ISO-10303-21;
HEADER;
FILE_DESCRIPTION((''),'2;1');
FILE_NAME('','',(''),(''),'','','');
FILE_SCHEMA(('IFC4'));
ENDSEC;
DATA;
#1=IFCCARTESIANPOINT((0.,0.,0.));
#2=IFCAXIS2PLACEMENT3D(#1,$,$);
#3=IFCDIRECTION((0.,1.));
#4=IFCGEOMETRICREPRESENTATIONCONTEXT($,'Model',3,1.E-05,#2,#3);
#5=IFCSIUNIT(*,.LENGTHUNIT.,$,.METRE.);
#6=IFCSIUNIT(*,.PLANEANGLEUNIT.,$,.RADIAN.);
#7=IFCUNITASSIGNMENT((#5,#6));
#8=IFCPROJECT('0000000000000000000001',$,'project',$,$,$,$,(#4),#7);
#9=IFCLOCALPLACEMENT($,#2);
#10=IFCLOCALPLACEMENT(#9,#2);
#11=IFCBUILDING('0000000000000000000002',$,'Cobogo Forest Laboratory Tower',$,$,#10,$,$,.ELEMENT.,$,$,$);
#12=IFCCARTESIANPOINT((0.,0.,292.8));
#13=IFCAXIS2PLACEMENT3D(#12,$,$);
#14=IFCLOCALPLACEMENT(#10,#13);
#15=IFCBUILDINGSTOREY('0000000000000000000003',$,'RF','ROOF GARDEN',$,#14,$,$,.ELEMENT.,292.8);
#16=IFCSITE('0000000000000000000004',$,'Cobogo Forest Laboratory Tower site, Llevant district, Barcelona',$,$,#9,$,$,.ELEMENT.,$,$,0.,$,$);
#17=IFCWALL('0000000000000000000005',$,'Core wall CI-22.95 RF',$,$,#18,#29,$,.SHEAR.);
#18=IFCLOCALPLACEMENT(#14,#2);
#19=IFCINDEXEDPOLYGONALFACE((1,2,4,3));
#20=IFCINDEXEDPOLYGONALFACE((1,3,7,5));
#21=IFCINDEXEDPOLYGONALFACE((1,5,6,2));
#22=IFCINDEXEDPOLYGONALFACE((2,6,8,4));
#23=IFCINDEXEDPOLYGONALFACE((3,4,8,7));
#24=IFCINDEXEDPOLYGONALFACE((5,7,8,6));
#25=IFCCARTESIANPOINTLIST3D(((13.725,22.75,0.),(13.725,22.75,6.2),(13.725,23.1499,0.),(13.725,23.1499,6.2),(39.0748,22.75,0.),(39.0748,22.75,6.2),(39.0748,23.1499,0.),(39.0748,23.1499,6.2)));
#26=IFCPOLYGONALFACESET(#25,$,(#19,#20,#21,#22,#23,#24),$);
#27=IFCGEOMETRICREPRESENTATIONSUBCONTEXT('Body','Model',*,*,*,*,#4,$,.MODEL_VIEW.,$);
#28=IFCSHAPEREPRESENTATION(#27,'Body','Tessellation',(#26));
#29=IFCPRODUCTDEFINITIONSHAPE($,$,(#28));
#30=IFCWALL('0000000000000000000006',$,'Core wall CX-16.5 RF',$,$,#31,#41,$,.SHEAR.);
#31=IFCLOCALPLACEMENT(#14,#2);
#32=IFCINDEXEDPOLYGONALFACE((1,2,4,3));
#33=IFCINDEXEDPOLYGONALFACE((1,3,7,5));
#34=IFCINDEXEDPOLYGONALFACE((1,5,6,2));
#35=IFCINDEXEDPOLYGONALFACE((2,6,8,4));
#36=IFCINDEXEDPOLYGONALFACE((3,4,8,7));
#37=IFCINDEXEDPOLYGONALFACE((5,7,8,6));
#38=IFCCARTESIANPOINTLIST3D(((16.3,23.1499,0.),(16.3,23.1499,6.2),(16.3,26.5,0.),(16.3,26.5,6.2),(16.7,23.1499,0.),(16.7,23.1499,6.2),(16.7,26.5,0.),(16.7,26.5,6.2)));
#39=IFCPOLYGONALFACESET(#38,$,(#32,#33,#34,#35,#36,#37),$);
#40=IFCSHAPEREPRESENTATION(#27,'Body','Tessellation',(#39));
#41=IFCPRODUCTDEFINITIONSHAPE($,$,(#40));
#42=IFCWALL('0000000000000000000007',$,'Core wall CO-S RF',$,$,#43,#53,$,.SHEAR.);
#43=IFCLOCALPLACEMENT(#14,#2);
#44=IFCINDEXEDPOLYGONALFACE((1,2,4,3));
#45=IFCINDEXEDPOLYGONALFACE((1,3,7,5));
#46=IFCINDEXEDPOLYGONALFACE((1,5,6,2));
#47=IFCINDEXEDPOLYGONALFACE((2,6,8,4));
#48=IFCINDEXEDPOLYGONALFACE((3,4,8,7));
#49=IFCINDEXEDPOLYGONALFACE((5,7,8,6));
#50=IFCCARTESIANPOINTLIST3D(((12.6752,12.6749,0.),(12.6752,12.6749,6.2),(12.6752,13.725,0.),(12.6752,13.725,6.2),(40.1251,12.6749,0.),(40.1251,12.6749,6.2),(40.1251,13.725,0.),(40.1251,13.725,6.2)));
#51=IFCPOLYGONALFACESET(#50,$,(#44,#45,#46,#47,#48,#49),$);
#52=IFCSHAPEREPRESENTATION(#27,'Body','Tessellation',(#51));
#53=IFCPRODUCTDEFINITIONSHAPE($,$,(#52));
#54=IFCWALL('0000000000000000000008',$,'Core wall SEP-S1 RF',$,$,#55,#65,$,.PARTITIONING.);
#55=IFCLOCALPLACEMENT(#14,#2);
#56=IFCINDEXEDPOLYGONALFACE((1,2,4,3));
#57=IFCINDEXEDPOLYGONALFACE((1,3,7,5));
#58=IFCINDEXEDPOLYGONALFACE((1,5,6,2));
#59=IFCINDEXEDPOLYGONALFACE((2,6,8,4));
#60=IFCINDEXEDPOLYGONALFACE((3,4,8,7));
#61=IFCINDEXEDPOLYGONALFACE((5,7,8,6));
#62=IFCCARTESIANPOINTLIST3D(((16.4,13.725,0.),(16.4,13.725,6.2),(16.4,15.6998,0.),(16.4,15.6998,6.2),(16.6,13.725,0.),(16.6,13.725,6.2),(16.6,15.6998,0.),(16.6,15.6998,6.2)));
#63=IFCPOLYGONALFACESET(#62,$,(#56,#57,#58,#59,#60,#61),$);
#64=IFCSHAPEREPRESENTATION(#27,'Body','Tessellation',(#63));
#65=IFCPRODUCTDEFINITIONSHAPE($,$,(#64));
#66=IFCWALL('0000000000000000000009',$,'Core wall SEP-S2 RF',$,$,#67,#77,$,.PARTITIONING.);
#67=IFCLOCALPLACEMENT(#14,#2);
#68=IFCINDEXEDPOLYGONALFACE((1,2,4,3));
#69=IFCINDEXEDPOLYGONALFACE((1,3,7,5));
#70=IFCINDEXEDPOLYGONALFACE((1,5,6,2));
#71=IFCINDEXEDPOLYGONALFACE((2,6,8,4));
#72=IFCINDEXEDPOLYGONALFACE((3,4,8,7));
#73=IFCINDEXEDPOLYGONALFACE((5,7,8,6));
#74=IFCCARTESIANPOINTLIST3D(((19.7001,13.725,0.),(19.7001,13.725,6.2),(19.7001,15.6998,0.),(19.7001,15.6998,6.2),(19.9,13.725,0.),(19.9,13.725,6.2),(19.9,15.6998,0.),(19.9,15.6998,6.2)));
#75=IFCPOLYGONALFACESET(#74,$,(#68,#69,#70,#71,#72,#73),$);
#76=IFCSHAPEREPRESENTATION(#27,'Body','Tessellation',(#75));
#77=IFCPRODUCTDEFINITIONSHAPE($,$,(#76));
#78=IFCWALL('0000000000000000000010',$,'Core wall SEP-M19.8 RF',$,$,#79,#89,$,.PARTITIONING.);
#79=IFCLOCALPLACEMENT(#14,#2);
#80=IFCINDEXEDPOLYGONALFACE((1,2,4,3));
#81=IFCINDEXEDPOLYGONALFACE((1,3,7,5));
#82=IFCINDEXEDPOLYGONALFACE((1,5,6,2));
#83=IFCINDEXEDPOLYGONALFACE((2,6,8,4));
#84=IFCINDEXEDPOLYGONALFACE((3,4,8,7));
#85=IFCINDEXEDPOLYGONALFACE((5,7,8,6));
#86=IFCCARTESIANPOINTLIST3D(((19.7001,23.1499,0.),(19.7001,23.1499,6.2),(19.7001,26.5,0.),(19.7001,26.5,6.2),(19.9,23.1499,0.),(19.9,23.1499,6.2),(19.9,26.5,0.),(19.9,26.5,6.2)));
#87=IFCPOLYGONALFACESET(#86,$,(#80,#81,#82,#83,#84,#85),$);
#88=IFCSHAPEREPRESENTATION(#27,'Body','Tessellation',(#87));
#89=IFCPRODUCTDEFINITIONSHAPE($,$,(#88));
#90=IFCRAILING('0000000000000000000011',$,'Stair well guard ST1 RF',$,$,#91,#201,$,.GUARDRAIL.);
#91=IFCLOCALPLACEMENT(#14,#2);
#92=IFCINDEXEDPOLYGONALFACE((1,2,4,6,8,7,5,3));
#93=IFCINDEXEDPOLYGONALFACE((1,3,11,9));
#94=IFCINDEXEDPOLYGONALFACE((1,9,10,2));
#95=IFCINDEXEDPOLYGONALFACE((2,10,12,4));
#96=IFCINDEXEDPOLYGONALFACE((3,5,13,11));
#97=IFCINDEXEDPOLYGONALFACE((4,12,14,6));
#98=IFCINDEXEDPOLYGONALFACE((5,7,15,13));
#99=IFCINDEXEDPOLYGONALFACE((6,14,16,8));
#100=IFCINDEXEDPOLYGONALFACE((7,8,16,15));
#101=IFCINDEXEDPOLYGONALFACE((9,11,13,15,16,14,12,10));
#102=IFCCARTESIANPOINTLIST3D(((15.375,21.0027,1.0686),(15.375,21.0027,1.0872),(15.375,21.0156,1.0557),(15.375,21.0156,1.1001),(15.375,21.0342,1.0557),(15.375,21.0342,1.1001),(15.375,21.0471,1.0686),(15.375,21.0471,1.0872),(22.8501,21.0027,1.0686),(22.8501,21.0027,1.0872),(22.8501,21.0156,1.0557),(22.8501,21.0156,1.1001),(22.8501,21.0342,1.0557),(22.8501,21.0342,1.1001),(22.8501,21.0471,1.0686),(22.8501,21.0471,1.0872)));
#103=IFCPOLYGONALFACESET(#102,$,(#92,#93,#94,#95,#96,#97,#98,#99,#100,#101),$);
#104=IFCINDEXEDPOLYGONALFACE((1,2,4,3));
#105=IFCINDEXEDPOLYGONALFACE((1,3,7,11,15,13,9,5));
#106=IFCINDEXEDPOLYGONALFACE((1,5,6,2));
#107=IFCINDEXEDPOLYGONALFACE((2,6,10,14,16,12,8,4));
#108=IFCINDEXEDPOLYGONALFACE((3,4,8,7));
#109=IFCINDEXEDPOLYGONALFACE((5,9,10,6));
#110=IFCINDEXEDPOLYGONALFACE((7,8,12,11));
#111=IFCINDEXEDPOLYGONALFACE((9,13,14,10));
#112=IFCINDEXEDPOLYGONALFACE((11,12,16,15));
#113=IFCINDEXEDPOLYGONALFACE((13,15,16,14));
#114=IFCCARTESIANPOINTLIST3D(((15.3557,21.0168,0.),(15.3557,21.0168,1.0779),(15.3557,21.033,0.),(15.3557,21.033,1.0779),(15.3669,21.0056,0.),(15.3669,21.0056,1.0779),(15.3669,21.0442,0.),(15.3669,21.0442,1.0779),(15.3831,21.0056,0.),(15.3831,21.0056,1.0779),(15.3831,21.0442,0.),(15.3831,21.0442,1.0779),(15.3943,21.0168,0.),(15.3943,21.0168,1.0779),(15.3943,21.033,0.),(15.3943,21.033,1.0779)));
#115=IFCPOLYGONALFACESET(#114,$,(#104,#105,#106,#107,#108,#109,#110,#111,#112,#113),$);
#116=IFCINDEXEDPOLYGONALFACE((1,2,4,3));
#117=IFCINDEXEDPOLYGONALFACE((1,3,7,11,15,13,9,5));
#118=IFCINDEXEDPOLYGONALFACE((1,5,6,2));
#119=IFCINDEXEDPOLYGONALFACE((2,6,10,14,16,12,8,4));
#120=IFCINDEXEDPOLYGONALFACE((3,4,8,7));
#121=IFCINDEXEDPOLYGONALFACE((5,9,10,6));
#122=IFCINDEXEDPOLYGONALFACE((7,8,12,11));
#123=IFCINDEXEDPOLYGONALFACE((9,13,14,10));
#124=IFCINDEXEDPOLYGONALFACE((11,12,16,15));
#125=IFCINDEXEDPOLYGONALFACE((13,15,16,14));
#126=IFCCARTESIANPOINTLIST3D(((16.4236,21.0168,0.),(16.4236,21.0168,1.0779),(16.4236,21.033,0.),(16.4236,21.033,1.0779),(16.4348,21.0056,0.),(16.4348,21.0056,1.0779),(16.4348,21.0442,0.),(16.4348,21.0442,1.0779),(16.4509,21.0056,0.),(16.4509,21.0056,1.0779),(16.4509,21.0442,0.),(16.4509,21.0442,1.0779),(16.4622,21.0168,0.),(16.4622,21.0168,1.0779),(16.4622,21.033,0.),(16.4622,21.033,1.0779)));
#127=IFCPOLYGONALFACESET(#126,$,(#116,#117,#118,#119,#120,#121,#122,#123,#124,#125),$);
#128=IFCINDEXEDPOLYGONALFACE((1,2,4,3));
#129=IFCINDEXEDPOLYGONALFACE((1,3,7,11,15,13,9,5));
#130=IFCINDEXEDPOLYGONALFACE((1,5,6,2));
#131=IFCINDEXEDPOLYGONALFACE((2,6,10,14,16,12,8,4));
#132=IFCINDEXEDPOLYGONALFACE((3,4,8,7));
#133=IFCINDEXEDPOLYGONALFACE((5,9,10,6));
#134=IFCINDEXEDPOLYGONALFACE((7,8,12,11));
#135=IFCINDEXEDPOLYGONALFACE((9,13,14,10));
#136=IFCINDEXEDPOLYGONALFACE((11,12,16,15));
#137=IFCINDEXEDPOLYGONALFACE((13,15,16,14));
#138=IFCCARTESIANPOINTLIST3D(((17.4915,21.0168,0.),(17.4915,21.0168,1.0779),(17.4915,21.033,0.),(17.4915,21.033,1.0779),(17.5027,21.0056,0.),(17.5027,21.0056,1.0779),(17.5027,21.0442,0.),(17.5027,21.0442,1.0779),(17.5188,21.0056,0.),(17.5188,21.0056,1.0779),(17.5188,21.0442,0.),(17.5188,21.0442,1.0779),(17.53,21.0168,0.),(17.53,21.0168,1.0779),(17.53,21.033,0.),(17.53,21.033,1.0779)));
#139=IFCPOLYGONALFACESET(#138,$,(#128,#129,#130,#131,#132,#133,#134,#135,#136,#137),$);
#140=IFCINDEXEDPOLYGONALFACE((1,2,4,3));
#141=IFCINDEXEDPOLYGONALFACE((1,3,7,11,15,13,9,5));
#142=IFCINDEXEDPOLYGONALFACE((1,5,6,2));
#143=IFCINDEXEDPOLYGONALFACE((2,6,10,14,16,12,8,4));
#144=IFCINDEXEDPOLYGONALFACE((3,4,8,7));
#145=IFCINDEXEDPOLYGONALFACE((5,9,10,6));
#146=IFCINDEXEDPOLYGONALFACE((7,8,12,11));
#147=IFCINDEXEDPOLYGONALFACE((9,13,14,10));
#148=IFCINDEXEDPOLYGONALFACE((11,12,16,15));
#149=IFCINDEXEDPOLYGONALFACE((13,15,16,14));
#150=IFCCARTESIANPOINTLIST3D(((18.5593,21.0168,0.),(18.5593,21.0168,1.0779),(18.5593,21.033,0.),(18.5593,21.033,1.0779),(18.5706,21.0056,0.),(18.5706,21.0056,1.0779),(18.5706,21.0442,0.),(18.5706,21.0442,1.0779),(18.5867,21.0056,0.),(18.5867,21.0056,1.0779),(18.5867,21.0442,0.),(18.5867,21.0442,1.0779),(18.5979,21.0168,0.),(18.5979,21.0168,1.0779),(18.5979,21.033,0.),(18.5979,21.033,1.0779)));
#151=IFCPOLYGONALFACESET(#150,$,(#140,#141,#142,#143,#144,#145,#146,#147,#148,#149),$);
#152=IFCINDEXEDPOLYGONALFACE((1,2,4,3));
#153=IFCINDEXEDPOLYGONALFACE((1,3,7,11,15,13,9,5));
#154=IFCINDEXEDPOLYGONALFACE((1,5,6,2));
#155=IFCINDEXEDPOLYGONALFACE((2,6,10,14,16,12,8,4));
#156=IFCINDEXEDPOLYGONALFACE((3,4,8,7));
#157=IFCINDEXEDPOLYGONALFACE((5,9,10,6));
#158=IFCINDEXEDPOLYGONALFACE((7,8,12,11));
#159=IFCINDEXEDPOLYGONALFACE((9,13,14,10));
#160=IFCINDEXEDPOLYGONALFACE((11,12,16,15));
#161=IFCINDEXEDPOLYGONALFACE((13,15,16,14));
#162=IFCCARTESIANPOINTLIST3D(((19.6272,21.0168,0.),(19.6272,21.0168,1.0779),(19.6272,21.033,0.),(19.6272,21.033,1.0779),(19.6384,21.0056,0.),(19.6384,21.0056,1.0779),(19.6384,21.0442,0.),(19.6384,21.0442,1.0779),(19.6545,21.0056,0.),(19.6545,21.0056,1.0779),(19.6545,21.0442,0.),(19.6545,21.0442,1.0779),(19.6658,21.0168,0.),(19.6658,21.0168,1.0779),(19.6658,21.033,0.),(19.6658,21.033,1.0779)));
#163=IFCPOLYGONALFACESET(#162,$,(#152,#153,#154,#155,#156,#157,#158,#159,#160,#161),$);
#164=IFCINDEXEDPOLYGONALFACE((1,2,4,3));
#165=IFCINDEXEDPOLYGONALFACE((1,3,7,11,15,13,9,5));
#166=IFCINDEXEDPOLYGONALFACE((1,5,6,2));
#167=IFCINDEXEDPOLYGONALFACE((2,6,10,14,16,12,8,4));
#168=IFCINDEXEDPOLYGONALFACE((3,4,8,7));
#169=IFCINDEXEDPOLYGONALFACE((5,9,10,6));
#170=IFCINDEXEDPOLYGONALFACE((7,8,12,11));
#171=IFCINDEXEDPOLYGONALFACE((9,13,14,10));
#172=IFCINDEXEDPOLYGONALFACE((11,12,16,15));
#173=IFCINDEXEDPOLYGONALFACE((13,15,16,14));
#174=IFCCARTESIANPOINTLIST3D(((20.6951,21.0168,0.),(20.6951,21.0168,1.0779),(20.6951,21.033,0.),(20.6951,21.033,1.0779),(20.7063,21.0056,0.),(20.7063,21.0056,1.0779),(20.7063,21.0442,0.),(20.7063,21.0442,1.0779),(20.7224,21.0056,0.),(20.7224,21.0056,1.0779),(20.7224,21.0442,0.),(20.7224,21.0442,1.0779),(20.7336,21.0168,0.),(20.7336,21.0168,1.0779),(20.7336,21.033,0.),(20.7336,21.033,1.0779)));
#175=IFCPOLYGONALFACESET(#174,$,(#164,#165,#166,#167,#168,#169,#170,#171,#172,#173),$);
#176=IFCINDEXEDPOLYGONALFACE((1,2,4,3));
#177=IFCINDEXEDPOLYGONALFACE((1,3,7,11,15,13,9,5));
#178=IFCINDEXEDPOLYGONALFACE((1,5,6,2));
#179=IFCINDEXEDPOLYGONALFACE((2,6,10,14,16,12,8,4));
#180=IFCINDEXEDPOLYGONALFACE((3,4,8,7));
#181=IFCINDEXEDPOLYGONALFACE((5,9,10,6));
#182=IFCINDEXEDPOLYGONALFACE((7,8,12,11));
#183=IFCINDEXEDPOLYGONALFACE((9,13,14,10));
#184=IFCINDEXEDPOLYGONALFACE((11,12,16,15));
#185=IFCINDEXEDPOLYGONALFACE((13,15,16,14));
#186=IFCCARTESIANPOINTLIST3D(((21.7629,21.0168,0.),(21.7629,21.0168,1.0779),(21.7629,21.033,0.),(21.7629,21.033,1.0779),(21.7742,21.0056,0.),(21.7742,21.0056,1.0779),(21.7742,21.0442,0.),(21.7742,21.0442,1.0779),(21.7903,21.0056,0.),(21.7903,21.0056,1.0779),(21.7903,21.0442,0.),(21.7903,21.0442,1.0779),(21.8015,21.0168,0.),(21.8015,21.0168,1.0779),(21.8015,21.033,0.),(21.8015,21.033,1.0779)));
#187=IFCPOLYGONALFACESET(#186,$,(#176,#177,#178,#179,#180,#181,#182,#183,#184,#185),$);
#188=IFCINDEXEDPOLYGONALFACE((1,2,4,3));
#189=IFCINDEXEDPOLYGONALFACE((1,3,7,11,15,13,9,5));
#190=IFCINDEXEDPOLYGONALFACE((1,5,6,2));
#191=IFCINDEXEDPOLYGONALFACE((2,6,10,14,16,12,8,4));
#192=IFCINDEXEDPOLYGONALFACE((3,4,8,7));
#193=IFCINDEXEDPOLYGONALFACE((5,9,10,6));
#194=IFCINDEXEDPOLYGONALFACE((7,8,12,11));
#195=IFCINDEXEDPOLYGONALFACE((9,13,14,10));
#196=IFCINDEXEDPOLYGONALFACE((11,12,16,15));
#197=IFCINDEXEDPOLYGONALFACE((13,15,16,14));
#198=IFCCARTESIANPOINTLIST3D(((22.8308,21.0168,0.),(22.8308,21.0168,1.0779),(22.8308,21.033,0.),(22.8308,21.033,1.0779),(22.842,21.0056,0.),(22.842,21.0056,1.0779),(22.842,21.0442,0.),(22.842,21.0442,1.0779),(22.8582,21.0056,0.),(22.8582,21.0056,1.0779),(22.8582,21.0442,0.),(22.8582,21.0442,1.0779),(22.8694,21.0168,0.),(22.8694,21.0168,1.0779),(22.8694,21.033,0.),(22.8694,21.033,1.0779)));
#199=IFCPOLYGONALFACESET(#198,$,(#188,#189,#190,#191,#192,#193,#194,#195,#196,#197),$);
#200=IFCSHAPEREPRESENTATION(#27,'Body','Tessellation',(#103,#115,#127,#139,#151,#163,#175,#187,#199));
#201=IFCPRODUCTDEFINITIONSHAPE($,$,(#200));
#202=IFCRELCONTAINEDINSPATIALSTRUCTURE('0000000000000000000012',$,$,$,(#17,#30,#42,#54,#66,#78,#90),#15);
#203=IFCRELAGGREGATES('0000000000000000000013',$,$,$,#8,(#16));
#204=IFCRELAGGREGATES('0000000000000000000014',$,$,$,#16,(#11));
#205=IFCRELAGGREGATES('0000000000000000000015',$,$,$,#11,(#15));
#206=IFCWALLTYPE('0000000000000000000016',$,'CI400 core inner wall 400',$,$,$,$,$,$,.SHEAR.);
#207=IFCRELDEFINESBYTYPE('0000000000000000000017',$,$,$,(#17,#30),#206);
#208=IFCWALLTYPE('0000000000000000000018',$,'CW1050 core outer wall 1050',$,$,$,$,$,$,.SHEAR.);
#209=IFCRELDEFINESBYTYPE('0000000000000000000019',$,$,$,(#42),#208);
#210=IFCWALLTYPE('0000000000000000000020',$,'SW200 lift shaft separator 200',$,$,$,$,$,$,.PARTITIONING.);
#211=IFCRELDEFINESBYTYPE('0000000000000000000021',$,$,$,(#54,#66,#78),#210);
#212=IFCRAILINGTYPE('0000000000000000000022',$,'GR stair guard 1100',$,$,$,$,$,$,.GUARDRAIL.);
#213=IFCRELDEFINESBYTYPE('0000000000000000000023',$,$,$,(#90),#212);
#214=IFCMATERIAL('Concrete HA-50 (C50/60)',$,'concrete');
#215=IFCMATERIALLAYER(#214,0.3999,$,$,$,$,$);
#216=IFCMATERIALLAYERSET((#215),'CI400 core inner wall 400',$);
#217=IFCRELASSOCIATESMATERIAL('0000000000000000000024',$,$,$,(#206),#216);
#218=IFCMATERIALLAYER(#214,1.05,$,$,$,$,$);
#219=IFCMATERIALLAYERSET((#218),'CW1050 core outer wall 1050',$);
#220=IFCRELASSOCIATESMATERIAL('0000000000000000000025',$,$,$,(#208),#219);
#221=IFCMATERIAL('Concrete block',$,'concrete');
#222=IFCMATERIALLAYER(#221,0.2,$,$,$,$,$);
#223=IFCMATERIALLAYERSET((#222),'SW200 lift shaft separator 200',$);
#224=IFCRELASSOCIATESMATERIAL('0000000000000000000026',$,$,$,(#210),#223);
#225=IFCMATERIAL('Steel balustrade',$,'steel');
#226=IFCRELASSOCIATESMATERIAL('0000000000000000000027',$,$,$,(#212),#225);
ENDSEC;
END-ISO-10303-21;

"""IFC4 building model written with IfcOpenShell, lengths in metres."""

from ifc_helpers import new_model, si_unit, direction, frame, frame_2d, origin, place, context, subcontext, project, spatial, polyline, rectangle, outline, extrude, material, layer, layer_set, type_object, element, save


model = new_model("IFC4")

# Units and contexts
model_context = context("Model", 3, precision=1e-05, world=origin(), true_north=direction((0.0, 1.0)))
body_context = subcontext(model_context, "Body", "Model", "MODEL_VIEW")
ifc_project = project(units=[si_unit("LENGTHUNIT", "METRE"), si_unit("PLANEANGLEUNIT", "RADIAN")], contexts=[model_context])

# Site, building, storey
site_placement = place(None, origin())
site = spatial("IfcSite", under=ifc_project, at=site_placement, Name="Cobogo Forest Laboratory Tower site, Llevant district, Barcelona", CompositionType="ELEMENT", RefElevation=0.0)
building_placement = place(site_placement, origin())
building = spatial("IfcBuilding", under=site, at=building_placement, Name="Cobogo Forest Laboratory Tower", CompositionType="ELEMENT")
storey_placement = place(building_placement, frame((0.0, 0.0, 292.8)))
storey = spatial("IfcBuildingStorey", under=building, at=storey_placement, Name="RF", Description="ROOF GARDEN", CompositionType="ELEMENT", Elevation=292.8)

# Shared definitions
ifc_material_1 = material(Name="Concrete HA-50 (C50/60)", Category="concrete")
ifc_layer_1 = layer(ifc_material_1, 0.3999)
ifc_layer_set_1 = layer_set([ifc_layer_1], Name="CI400 core inner wall 400")
wall_type_1 = type_object("IfcWallType", Name="CI400 core inner wall 400", PredefinedType="SHEAR", material=ifc_layer_set_1)

# Walls
wall_1_placement = place(storey_placement, frame((13.7251, 22.95, 0.0), z_axis=(0.0, 0.0, 1.0), x_axis=(1.0, 0.0, 0.0)))
element("IfcWall", 1, at=wall_1_placement, inside=storey, type_object=wall_type_1, Name="Core wall CI-22.95 RF", PredefinedType="SHEAR", context=body_context, shape_type="SweptSolid", body=[
    extrude(rectangle(XDim=25.3499, YDim=0.3999, at=frame_2d((12.6748, 0.0))), origin(), (0.0, 0.0, 1.0), 6.2),
])
wall_2_placement = place(storey_placement, frame((16.5, 23.1499, 0.0), z_axis=(0.0, 0.0, 1.0), x_axis=(0.0, 1.0, 0.0)))
element("IfcWall", 2, at=wall_2_placement, inside=storey, type_object=wall_type_1, Name="Core wall CX-16.5 RF", PredefinedType="SHEAR", context=body_context, shape_type="SweptSolid", body=[
    extrude(rectangle(XDim=3.3501, YDim=0.3999, at=frame_2d((1.675, 0.0))), origin(), (0.0, 0.0, 1.0), 6.2),
])
ifc_layer_2 = layer(ifc_material_1, 1.05)
ifc_layer_set_2 = layer_set([ifc_layer_2], Name="CW1050 core outer wall 1050")
wall_type_2 = type_object("IfcWallType", Name="CW1050 core outer wall 1050", PredefinedType="SHEAR", material=ifc_layer_set_2)
wall_3_placement = place(storey_placement, frame((12.675, 13.2, 0.0), z_axis=(0.0, 0.0, 1.0), x_axis=(1.0, 0.0, 0.0)))
element("IfcWall", 3, at=wall_3_placement, inside=storey, type_object=wall_type_2, Name="Core wall CO-S RF", PredefinedType="SHEAR", context=body_context, shape_type="SweptSolid", body=[
    extrude(rectangle(XDim=27.45, YDim=1.05, at=frame_2d((13.7251, 0.0))), origin(), (0.0, 0.0, 1.0), 6.2),
])
ifc_material_2 = material(Name="Concrete block", Category="concrete")
ifc_layer_3 = layer(ifc_material_2, 0.2)
ifc_layer_set_3 = layer_set([ifc_layer_3], Name="SW200 lift shaft separator 200")
wall_type_3 = type_object("IfcWallType", Name="SW200 lift shaft separator 200", PredefinedType="PARTITIONING", material=ifc_layer_set_3)
for number, where, z_axis, x_axis, name in (
    (4, (16.5, 13.7251, 0.0), (0.0, 0.0, 1.0), (0.0, 1.0, 0.0), "Core wall SEP-S1 RF"),
    (5, (19.8, 13.7251, 0.0), (0.0, 0.0, 1.0), (0.0, 1.0, 0.0), "Core wall SEP-S2 RF"),
):
    element("IfcWall", number, at=place(storey_placement, frame(where, z_axis=z_axis, x_axis=x_axis)), inside=storey, type_object=wall_type_3, Name=name, PredefinedType="PARTITIONING", context=body_context, shape_type="SweptSolid", body=[
        extrude(rectangle(XDim=1.9749, YDim=0.2, at=frame_2d((0.9873, 0.0))), origin(), (0.0, 0.0, 1.0), 6.2),
    ])
wall_4_placement = place(storey_placement, frame((19.8, 23.1499, 0.0), z_axis=(0.0, 0.0, 1.0), x_axis=(0.0, 1.0, 0.0)))
element("IfcWall", 6, at=wall_4_placement, inside=storey, type_object=wall_type_3, Name="Core wall SEP-M19.8 RF", PredefinedType="PARTITIONING", context=body_context, shape_type="SweptSolid", body=[
    extrude(rectangle(XDim=3.3501, YDim=0.2, at=frame_2d((1.675, 0.0))), origin(), (0.0, 0.0, 1.0), 6.2),
])

# Railing
ifc_material_3 = material(Name="Steel balustrade", Category="steel")
railing_type = type_object("IfcRailingType", Name="GR stair guard 1100", PredefinedType="GUARDRAIL", material=ifc_material_3)
railing_placement = place(storey_placement, frame((15.375, 21.0249, 0.0)))
element("IfcRailing", 7, at=railing_placement, inside=storey, type_object=railing_type, Name="Stair well guard ST1 RF", PredefinedType="GUARDRAIL", context=body_context, shape_type="SweptSolid", body=[
    extrude(outline(polyline([(0.0222, 0.0093), (0.0093, 0.0222), (-0.0093, 0.0222), (-0.0222, 0.0093), (-0.0222, -0.0093), (-0.0093, -0.0222), (0.0093, -0.0222), (0.0222, -0.0093), (0.0222, 0.0093)])), frame((0.0, 0.0, 1.0779), z_axis=(1.0, 0.0, 0.0), x_axis=(0.0, 1.0, 0.0)), (0.0, 0.0, 1.0), 7.4751),
    extrude(outline(polyline([(0.0193, 0.0081), (0.0081, 0.0193), (-0.0081, 0.0193), (-0.0193, 0.0081), (-0.0193, -0.0081), (-0.0081, -0.0193), (0.0081, -0.0193), (0.0193, -0.0081), (0.0193, 0.0081)])), origin(), (0.0, 0.0, 1.0), 1.0779),
    extrude(outline(polyline([(0.0193, 0.0081), (0.0081, 0.0193), (-0.0081, 0.0193), (-0.0193, 0.0081), (-0.0193, -0.0081), (-0.0081, -0.0193), (0.0081, -0.0193), (0.0193, -0.0081), (0.0193, 0.0081)])), frame((1.0679, 0.0, 0.0)), (0.0, 0.0, 1.0), 1.0779),
    extrude(outline(polyline([(0.0193, 0.0081), (0.0081, 0.0193), (-0.0081, 0.0193), (-0.0193, 0.0081), (-0.0193, -0.0081), (-0.0081, -0.0193), (0.0081, -0.0193), (0.0193, -0.0081), (0.0193, 0.0081)])), frame((2.1357, 0.0, 0.0)), (0.0, 0.0, 1.0), 1.0779),
    extrude(outline(polyline([(0.0193, 0.0081), (0.0081, 0.0193), (-0.0081, 0.0193), (-0.0193, 0.0081), (-0.0193, -0.0081), (-0.0081, -0.0193), (0.0081, -0.0193), (0.0193, -0.0081), (0.0193, 0.0081)])), frame((3.2036, 0.0, 0.0)), (0.0, 0.0, 1.0), 1.0779),
    extrude(outline(polyline([(0.0193, 0.0081), (0.0081, 0.0193), (-0.0081, 0.0193), (-0.0193, 0.0081), (-0.0193, -0.0081), (-0.0081, -0.0193), (0.0081, -0.0193), (0.0193, -0.0081), (0.0193, 0.0081)])), frame((4.2715, 0.0, 0.0)), (0.0, 0.0, 1.0), 1.0779),
    extrude(outline(polyline([(0.0193, 0.0081), (0.0081, 0.0193), (-0.0081, 0.0193), (-0.0193, 0.0081), (-0.0193, -0.0081), (-0.0081, -0.0193), (0.0081, -0.0193), (0.0193, -0.0081), (0.0193, 0.0081)])), frame((5.3394, 0.0, 0.0)), (0.0, 0.0, 1.0), 1.0779),
    extrude(outline(polyline([(0.0193, 0.0081), (0.0081, 0.0193), (-0.0081, 0.0193), (-0.0193, 0.0081), (-0.0193, -0.0081), (-0.0081, -0.0193), (0.0081, -0.0193), (0.0193, -0.0081), (0.0193, 0.0081)])), frame((6.4072, 0.0, 0.0)), (0.0, 0.0, 1.0), 1.0779),
    extrude(outline(polyline([(0.0193, 0.0081), (0.0081, 0.0193), (-0.0081, 0.0193), (-0.0193, 0.0081), (-0.0193, -0.0081), (-0.0081, -0.0193), (0.0081, -0.0193), (0.0193, -0.0081), (0.0193, 0.0081)])), frame((7.4751, 0.0, 0.0)), (0.0, 0.0, 1.0), 1.0779),
])

save(model, "model.ifc")
